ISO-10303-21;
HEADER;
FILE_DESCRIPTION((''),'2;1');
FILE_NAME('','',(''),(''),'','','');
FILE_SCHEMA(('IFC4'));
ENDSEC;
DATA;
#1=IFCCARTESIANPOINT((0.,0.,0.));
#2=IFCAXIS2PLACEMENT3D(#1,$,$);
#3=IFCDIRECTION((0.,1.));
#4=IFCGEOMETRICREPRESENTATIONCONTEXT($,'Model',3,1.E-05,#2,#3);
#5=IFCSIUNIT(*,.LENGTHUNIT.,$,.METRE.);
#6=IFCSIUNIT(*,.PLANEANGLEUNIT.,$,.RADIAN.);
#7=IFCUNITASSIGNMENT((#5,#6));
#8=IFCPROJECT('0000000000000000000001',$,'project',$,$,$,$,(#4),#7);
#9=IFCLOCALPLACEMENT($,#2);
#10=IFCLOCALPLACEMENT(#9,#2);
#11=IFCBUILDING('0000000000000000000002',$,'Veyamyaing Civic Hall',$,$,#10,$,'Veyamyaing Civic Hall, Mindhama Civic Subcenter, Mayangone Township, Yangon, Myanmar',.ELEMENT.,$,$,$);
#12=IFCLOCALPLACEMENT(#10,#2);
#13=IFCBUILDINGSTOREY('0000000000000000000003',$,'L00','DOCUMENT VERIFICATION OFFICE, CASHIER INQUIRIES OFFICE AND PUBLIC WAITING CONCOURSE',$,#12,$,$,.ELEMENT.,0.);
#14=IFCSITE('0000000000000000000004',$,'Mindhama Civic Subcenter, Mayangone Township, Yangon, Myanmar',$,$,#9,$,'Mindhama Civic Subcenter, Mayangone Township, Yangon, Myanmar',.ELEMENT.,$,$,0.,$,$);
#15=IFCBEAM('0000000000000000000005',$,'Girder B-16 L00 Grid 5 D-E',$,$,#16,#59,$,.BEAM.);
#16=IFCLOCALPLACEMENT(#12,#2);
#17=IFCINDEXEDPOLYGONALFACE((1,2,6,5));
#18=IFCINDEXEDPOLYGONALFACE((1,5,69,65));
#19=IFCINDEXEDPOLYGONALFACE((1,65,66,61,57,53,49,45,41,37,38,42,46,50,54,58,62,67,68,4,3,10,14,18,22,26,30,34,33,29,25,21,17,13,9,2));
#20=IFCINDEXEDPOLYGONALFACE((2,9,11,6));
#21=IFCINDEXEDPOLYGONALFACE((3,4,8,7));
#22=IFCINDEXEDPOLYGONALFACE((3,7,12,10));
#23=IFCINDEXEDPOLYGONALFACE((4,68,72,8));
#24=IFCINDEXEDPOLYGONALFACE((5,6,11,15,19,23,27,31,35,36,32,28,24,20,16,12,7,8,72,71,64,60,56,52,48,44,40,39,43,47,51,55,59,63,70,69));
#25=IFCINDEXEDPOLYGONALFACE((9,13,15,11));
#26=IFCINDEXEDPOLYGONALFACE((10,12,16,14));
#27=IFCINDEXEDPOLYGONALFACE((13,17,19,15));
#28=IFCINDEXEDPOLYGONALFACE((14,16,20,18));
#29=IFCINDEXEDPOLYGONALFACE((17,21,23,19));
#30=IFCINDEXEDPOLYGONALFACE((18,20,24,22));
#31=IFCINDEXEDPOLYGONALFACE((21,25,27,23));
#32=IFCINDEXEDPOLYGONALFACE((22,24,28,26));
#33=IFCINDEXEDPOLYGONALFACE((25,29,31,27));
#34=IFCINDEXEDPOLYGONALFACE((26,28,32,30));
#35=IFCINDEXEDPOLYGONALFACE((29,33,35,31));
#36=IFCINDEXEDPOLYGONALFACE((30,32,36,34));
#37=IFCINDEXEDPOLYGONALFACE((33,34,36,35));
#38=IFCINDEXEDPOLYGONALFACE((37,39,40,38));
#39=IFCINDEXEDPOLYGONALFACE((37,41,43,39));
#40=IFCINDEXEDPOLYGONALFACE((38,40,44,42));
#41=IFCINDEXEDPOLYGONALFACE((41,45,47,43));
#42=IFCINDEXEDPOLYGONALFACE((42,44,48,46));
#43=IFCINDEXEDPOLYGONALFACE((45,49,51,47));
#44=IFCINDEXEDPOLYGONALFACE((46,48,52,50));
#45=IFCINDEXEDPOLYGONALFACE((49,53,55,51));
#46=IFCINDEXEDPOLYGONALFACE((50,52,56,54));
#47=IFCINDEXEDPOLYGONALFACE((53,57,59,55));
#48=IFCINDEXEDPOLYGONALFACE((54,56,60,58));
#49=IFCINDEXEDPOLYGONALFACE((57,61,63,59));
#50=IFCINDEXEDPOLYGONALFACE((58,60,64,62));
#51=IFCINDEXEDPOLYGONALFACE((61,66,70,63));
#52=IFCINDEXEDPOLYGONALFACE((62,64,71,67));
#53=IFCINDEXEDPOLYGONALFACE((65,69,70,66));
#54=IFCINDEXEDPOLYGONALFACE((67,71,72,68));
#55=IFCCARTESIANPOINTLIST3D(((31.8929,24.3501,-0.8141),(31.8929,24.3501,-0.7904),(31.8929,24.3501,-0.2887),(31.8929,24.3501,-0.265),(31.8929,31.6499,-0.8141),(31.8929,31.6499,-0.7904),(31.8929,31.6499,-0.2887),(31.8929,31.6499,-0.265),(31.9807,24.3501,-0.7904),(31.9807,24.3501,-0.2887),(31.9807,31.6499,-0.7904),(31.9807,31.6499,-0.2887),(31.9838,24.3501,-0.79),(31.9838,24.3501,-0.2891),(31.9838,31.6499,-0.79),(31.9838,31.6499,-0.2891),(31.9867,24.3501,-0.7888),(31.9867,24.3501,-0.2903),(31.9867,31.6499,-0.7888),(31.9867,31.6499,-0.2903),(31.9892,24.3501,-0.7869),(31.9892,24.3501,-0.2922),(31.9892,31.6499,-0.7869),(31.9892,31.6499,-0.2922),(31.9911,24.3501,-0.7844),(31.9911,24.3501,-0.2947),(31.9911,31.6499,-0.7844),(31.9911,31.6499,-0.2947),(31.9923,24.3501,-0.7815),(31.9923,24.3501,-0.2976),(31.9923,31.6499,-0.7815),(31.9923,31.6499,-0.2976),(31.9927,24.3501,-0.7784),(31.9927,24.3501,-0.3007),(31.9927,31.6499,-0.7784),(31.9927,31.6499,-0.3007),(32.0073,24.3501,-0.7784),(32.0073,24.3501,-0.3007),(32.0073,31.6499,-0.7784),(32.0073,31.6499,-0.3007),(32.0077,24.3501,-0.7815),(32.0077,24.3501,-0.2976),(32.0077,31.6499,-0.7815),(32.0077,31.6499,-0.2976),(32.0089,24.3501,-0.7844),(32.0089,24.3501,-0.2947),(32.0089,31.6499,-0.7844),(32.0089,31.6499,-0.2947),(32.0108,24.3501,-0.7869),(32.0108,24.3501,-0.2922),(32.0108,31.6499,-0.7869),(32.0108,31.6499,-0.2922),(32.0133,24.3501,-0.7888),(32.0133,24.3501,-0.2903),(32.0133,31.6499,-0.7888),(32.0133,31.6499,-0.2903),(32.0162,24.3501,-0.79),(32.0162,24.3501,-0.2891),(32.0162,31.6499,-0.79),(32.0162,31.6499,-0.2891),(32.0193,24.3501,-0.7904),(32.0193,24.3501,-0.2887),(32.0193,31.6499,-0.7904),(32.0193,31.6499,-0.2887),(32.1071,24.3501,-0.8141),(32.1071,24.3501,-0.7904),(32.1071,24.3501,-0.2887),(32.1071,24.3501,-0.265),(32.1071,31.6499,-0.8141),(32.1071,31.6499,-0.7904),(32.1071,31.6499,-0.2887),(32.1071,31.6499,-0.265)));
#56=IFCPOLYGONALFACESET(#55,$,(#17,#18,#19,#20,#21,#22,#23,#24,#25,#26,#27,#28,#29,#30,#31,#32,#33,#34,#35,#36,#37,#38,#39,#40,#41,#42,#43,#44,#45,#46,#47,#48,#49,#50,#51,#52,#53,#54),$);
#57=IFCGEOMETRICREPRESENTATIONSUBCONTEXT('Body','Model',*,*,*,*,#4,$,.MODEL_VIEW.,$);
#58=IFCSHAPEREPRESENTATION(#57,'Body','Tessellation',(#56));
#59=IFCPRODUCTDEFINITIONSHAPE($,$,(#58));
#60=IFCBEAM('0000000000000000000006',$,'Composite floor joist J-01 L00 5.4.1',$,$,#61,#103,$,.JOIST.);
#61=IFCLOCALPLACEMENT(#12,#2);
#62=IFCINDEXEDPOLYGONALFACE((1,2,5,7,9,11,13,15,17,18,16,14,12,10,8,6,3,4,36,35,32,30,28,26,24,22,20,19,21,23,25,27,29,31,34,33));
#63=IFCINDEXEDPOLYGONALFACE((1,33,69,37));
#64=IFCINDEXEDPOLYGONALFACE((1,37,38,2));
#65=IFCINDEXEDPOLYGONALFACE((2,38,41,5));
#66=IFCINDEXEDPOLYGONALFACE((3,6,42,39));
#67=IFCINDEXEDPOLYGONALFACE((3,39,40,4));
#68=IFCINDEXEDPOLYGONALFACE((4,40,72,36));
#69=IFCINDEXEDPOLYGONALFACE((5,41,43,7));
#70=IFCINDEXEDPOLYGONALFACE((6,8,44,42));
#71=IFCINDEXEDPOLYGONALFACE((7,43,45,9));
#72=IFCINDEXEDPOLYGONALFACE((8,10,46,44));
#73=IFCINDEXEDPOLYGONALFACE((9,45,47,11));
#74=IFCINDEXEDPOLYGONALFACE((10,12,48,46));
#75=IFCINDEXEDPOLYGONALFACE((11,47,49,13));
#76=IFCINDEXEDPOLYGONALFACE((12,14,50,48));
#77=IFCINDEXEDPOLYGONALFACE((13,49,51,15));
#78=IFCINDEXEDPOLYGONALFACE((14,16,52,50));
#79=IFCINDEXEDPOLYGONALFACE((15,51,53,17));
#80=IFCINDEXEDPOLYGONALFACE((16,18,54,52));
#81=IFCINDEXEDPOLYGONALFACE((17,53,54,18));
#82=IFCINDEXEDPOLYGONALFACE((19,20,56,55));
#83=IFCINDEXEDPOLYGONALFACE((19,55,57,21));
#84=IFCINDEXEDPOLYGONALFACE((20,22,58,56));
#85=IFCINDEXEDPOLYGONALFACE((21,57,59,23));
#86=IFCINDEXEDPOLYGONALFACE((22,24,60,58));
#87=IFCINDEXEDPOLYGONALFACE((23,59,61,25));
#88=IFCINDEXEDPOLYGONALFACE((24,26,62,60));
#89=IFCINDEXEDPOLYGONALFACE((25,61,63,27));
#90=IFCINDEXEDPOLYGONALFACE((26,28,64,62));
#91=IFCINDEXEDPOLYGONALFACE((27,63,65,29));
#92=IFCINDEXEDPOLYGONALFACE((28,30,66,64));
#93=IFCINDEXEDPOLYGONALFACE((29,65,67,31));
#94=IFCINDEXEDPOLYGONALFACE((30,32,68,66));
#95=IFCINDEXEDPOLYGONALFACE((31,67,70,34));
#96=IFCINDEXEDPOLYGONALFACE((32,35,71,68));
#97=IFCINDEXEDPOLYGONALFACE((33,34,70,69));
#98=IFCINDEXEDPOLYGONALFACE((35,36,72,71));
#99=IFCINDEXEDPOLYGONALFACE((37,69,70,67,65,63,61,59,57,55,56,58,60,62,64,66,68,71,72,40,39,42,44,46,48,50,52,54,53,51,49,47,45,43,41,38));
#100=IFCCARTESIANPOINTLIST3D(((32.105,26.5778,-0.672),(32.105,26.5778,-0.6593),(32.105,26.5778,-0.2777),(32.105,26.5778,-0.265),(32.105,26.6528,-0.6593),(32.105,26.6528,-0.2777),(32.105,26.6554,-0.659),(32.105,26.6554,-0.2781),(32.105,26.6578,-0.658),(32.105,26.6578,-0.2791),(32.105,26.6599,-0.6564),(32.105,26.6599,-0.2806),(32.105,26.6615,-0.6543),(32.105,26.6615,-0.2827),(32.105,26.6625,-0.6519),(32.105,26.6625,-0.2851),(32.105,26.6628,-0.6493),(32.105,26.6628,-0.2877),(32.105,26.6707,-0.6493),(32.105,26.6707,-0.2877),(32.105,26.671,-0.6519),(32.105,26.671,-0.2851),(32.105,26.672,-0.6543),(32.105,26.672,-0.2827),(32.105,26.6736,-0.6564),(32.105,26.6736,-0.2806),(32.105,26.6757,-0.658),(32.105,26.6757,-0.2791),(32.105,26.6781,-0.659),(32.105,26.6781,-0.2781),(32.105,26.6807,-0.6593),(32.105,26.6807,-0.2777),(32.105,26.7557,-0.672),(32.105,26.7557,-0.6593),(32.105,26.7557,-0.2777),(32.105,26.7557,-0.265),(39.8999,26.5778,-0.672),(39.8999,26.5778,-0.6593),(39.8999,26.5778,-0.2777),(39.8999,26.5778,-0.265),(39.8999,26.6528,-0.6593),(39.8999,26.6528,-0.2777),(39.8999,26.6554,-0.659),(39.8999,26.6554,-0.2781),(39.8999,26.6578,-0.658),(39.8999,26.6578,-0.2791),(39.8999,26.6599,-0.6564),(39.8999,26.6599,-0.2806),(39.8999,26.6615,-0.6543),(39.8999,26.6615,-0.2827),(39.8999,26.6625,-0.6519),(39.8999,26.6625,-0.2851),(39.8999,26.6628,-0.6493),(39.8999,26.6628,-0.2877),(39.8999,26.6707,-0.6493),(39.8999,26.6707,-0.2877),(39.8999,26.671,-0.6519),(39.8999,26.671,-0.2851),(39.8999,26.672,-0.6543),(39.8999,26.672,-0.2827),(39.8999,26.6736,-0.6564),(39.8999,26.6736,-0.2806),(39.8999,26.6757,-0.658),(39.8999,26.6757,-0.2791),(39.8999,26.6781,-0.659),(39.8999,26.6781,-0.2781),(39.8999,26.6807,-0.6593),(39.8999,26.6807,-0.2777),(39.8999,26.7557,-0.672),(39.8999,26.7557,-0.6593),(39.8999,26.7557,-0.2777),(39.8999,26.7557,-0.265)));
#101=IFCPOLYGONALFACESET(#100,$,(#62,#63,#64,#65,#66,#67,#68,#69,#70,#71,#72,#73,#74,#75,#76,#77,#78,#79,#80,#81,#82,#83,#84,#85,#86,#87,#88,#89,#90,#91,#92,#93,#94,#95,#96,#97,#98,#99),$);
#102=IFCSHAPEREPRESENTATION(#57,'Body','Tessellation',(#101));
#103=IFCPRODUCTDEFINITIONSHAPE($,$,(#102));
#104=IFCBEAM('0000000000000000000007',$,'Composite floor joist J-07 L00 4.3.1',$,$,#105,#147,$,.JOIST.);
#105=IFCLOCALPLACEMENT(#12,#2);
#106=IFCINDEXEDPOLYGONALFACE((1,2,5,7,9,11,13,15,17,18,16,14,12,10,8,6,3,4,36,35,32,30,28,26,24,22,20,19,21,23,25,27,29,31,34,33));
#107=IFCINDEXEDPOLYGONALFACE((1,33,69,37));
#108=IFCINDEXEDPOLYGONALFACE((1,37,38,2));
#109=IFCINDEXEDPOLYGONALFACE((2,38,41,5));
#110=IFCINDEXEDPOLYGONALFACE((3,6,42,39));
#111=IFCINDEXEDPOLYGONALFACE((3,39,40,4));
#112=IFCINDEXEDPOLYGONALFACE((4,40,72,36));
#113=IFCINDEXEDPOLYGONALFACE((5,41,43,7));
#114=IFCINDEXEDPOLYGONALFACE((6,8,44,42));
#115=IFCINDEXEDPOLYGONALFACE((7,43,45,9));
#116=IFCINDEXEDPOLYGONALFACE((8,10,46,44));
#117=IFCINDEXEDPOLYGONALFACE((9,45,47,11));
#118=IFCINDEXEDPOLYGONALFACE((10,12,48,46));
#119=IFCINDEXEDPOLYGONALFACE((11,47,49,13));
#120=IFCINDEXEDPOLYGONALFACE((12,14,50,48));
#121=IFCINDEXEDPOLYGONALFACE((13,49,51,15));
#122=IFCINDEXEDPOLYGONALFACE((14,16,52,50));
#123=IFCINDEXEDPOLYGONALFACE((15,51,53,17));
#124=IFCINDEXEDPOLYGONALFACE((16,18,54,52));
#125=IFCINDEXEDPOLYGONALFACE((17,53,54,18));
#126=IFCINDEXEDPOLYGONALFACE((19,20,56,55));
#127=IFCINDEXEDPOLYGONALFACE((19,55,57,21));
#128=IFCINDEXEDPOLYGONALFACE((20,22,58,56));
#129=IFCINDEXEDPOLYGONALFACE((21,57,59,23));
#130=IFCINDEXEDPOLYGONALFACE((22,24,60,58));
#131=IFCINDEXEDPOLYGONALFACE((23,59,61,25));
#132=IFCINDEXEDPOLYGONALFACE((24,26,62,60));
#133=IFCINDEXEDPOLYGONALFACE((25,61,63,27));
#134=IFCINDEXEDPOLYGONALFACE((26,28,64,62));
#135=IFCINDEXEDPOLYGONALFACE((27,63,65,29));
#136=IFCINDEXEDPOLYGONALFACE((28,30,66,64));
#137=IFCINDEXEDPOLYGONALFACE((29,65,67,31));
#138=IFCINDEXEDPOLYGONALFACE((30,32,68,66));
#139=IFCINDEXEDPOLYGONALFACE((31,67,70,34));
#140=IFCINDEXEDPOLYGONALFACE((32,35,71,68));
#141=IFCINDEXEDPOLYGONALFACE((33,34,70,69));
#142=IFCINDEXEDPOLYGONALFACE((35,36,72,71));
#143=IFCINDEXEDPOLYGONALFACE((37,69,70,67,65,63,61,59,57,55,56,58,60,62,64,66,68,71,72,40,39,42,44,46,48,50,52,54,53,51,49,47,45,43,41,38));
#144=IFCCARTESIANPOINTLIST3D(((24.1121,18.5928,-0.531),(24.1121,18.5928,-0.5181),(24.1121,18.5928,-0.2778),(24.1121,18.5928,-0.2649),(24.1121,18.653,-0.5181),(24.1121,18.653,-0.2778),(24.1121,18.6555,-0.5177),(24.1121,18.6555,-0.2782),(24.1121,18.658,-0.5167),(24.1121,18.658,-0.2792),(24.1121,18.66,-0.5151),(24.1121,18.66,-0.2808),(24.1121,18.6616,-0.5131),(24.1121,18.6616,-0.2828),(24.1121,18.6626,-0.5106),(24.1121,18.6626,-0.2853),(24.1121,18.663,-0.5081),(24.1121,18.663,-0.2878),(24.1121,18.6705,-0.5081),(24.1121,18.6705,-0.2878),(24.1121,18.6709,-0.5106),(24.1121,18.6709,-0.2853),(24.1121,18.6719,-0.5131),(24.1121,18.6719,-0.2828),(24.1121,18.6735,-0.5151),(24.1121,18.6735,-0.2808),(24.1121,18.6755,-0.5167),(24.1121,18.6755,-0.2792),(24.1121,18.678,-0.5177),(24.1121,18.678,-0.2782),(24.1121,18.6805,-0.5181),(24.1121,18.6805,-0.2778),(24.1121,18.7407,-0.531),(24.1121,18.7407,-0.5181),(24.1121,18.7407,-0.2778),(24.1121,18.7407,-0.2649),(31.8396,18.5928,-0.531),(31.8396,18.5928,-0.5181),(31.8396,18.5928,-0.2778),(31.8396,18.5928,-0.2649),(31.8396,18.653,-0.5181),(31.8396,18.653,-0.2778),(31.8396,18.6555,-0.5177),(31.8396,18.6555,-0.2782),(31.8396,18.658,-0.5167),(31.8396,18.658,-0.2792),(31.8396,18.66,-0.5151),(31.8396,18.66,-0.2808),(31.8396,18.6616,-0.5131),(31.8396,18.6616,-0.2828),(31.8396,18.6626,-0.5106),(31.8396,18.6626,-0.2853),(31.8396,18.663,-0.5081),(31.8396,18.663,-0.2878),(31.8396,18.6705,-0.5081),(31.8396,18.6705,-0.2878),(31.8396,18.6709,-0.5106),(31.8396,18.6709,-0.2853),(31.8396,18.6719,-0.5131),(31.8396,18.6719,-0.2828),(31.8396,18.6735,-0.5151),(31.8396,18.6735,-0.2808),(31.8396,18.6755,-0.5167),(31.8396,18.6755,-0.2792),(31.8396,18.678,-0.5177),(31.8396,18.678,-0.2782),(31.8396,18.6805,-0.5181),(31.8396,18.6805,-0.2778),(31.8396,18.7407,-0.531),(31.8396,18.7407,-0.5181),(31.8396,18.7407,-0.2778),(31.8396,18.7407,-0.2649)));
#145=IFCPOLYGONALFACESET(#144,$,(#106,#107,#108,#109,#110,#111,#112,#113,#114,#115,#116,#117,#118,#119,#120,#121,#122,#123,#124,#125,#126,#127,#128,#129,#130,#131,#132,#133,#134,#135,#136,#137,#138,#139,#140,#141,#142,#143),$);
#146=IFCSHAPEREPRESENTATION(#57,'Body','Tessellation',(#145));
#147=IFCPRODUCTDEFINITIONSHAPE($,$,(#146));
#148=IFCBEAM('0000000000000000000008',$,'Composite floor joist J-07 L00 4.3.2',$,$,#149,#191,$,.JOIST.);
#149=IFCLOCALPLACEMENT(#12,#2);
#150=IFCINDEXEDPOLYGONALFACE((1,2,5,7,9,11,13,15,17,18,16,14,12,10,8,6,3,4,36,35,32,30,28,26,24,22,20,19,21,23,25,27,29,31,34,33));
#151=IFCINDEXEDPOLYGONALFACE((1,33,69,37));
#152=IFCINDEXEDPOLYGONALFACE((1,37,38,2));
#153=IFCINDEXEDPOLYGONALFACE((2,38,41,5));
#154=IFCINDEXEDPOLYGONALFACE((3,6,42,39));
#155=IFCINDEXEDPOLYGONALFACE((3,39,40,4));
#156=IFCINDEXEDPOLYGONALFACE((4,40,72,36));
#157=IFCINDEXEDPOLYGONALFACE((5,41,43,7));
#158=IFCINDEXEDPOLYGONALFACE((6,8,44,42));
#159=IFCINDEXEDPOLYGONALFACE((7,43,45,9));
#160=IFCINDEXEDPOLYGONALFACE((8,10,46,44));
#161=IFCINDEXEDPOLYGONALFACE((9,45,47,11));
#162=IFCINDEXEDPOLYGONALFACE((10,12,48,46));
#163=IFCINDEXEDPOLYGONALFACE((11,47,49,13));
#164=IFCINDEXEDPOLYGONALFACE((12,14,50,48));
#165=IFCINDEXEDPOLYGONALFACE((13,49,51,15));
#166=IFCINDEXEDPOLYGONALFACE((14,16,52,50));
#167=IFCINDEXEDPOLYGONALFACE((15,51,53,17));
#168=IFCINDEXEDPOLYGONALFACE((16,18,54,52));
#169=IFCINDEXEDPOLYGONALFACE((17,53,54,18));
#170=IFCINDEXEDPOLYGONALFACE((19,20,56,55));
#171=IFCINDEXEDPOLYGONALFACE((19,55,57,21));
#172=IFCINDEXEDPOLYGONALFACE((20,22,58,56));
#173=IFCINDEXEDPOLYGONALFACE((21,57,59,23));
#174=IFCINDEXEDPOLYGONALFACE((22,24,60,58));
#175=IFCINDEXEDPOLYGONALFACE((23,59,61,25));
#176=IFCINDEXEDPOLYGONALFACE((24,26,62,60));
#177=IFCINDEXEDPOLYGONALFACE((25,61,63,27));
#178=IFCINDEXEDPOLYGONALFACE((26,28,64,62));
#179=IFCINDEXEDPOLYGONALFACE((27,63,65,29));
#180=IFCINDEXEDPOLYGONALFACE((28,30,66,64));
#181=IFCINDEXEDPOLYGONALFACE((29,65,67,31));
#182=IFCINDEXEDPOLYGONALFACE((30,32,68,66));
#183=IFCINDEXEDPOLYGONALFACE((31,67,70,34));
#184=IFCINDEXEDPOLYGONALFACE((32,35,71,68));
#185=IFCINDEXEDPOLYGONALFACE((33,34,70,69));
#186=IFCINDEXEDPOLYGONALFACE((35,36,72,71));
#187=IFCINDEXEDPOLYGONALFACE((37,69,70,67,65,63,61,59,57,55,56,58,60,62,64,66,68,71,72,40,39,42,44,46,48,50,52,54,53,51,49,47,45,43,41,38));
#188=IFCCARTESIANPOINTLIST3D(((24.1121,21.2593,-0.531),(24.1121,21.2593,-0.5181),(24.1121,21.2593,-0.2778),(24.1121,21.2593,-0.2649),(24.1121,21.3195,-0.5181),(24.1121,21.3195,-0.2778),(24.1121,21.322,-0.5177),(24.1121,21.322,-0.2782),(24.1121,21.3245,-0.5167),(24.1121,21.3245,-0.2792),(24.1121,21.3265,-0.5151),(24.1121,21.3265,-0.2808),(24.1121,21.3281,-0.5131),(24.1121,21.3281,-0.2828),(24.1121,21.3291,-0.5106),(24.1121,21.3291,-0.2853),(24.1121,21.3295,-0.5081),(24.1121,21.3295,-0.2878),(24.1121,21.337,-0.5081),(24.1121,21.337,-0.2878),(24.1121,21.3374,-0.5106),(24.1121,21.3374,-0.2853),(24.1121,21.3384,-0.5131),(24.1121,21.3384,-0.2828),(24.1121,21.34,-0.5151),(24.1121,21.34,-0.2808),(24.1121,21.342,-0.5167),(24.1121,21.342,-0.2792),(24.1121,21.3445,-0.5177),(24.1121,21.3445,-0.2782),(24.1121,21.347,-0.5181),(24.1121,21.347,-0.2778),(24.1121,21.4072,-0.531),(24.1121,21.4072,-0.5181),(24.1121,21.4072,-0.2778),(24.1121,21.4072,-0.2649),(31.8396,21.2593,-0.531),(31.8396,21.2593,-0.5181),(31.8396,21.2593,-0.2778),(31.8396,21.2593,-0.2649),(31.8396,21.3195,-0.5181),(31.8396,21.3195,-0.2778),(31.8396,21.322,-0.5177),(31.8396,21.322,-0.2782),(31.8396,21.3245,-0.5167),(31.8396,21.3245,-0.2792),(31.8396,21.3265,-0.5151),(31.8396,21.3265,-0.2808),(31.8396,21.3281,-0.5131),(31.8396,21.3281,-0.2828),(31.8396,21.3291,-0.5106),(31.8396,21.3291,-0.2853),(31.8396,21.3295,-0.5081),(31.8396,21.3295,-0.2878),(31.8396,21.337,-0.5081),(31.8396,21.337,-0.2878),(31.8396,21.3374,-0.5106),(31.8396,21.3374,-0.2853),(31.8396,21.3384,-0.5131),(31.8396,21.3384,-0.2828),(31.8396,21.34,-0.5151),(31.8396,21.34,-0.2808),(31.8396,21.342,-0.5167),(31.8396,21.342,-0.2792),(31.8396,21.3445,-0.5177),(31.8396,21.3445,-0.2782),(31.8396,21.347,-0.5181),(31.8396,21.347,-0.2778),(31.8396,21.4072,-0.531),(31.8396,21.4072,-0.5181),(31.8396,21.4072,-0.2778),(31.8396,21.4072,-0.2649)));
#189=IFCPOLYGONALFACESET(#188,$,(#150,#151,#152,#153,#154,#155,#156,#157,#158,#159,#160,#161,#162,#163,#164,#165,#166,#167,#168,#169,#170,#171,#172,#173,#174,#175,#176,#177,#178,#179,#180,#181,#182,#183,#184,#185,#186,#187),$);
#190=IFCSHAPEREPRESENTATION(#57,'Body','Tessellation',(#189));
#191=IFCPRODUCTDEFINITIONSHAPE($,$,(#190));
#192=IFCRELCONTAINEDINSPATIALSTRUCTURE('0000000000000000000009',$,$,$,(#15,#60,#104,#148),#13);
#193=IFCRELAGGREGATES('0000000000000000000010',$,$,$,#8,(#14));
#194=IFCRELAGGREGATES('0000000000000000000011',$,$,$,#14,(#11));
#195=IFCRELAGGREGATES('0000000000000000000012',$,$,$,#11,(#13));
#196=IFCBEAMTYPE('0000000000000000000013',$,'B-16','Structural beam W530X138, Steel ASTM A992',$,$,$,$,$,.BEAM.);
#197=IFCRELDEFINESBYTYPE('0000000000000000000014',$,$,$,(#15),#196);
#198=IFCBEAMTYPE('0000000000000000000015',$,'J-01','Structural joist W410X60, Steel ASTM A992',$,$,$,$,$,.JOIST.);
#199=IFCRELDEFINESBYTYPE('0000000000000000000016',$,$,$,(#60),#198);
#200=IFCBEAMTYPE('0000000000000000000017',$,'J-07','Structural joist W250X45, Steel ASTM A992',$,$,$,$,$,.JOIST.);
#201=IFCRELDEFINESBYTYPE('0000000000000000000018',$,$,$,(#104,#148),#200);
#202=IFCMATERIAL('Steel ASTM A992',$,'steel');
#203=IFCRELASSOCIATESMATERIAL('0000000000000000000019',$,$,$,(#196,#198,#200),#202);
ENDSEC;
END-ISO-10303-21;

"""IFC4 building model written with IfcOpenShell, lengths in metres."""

from ifc_helpers import new_model, si_unit, direction, frame, origin, origin_2d, place, context, subcontext, project, spatial, i_section, extrude, material, material_profile, profile_set, type_object, element, save


model = new_model("IFC4")

# Units and contexts
model_context = context("Model", 3, precision=1e-05, world=origin(), true_north=direction((0.0, 1.0)))
body_context = subcontext(model_context, "Body", "Model", "MODEL_VIEW")
ifc_project = project(units=[si_unit("LENGTHUNIT", "METRE"), si_unit("PLANEANGLEUNIT", "RADIAN")], contexts=[model_context])

# Site, building, storey
site_placement = place(None, origin())
site = spatial("IfcSite", under=ifc_project, at=site_placement, Name="Mindhama Civic Subcenter, Mayangone Township, Yangon, Myanmar", LongName="Mindhama Civic Subcenter, Mayangone Township, Yangon, Myanmar", CompositionType="ELEMENT", RefElevation=0.0)
building_placement = place(site_placement, origin())
building = spatial("IfcBuilding", under=site, at=building_placement, Name="Veyamyaing Civic Hall", LongName="Veyamyaing Civic Hall, Mindhama Civic Subcenter, Mayangone Township, Yangon, Myanmar", CompositionType="ELEMENT")
storey_placement = place(building_placement, origin())
storey = spatial("IfcBuildingStorey", under=building, at=storey_placement, Name="L00", Description="DOCUMENT VERIFICATION OFFICE, CASHIER INQUIRIES OFFICE AND PUBLIC WAITING CONCOURSE", CompositionType="ELEMENT", Elevation=0.0)

# Beams
ifc_material_1 = material(Name="Steel ASTM A992", Category="steel")
ifc_material_profile_1 = material_profile(ifc_material_1, i_section(OverallWidth=0.2141, OverallDepth=0.5491, WebThickness=0.0146, FlangeThickness=0.0237, FilletRadius=0.012, at=origin_2d()), Name="W530X138")
ifc_profile_set_1 = profile_set([ifc_material_profile_1], Name="Steel ASTM A992")
beam_type_1 = type_object("IfcBeamType", Name="B-16", Description="Structural beam W530X138, Steel ASTM A992", PredefinedType="BEAM", material=ifc_profile_set_1)
beam_1_placement = place(storey_placement, frame((32.0, 24.3501, -0.5396), z_axis=(0.0, 1.0, 0.0), x_axis=(-1.0, 0.0, 0.0)))
element("IfcBeam", 1, at=beam_1_placement, inside=storey, type_object=beam_type_1, Name="Girder B-16 L00 Grid 5 D-E", PredefinedType="BEAM", context=body_context, shape_type="SweptSolid", body=[
    extrude(i_section(OverallWidth=0.2141, OverallDepth=0.5491, WebThickness=0.0146, FlangeThickness=0.0237, FilletRadius=0.012, at=origin_2d()), origin(), (0.0, 0.0, 1.0), 7.2998),
])
ifc_material_profile_2 = material_profile(ifc_material_1, i_section(OverallWidth=0.178, OverallDepth=0.407, WebThickness=0.0078, FlangeThickness=0.0127, FilletRadius=0.01, at=origin_2d()), Name="W410X60")
ifc_profile_set_2 = profile_set([ifc_material_profile_2], Name="Steel ASTM A992")
beam_type_2 = type_object("IfcBeamType", Name="J-01", Description="Structural joist W410X60, Steel ASTM A992", PredefinedType="JOIST", material=ifc_profile_set_2)
beam_2_placement = place(storey_placement, frame((32.105, 26.6667, -0.4685), z_axis=(1.0, 0.0, 0.0), x_axis=(0.0, 1.0, 0.0)))
element("IfcBeam", 2, at=beam_2_placement, inside=storey, type_object=beam_type_2, Name="Composite floor joist J-01 L00 5.4.1", PredefinedType="JOIST", context=body_context, shape_type="SweptSolid", body=[
    extrude(i_section(OverallWidth=0.178, OverallDepth=0.407, WebThickness=0.0078, FlangeThickness=0.0127, FilletRadius=0.01, at=origin_2d()), origin(), (0.0, 0.0, 1.0), 7.7949),
])
ifc_material_profile_3 = material_profile(ifc_material_1, i_section(OverallWidth=0.1479, OverallDepth=0.2661, WebThickness=0.0076, FlangeThickness=0.0129, FilletRadius=0.01, at=origin_2d()), Name="W250X45")
ifc_profile_set_3 = profile_set([ifc_material_profile_3], Name="Steel ASTM A992")
beam_type_3 = type_object("IfcBeamType", Name="J-07", Description="Structural joist W250X45, Steel ASTM A992", PredefinedType="JOIST", material=ifc_profile_set_3)
for number, where, z_axis, x_axis, name in (
    (3, (24.1121, 18.6667, -0.3979), (1.0, 0.0, 0.0), (0.0, 1.0, 0.0), "Composite floor joist J-07 L00 4.3.1"),
    (4, (24.1121, 21.3333, -0.3979), (1.0, 0.0, 0.0), (0.0, 1.0, 0.0), "Composite floor joist J-07 L00 4.3.2"),
):
    element("IfcBeam", number, at=place(storey_placement, frame(where, z_axis=z_axis, x_axis=x_axis)), inside=storey, type_object=beam_type_3, Name=name, PredefinedType="JOIST", context=body_context, shape_type="SweptSolid", body=[
        extrude(i_section(OverallWidth=0.1479, OverallDepth=0.2661, WebThickness=0.0076, FlangeThickness=0.0129, FilletRadius=0.01, at=origin_2d()), origin(), (0.0, 0.0, 1.0), 7.7275),
    ])

save(model, "model.ifc")
